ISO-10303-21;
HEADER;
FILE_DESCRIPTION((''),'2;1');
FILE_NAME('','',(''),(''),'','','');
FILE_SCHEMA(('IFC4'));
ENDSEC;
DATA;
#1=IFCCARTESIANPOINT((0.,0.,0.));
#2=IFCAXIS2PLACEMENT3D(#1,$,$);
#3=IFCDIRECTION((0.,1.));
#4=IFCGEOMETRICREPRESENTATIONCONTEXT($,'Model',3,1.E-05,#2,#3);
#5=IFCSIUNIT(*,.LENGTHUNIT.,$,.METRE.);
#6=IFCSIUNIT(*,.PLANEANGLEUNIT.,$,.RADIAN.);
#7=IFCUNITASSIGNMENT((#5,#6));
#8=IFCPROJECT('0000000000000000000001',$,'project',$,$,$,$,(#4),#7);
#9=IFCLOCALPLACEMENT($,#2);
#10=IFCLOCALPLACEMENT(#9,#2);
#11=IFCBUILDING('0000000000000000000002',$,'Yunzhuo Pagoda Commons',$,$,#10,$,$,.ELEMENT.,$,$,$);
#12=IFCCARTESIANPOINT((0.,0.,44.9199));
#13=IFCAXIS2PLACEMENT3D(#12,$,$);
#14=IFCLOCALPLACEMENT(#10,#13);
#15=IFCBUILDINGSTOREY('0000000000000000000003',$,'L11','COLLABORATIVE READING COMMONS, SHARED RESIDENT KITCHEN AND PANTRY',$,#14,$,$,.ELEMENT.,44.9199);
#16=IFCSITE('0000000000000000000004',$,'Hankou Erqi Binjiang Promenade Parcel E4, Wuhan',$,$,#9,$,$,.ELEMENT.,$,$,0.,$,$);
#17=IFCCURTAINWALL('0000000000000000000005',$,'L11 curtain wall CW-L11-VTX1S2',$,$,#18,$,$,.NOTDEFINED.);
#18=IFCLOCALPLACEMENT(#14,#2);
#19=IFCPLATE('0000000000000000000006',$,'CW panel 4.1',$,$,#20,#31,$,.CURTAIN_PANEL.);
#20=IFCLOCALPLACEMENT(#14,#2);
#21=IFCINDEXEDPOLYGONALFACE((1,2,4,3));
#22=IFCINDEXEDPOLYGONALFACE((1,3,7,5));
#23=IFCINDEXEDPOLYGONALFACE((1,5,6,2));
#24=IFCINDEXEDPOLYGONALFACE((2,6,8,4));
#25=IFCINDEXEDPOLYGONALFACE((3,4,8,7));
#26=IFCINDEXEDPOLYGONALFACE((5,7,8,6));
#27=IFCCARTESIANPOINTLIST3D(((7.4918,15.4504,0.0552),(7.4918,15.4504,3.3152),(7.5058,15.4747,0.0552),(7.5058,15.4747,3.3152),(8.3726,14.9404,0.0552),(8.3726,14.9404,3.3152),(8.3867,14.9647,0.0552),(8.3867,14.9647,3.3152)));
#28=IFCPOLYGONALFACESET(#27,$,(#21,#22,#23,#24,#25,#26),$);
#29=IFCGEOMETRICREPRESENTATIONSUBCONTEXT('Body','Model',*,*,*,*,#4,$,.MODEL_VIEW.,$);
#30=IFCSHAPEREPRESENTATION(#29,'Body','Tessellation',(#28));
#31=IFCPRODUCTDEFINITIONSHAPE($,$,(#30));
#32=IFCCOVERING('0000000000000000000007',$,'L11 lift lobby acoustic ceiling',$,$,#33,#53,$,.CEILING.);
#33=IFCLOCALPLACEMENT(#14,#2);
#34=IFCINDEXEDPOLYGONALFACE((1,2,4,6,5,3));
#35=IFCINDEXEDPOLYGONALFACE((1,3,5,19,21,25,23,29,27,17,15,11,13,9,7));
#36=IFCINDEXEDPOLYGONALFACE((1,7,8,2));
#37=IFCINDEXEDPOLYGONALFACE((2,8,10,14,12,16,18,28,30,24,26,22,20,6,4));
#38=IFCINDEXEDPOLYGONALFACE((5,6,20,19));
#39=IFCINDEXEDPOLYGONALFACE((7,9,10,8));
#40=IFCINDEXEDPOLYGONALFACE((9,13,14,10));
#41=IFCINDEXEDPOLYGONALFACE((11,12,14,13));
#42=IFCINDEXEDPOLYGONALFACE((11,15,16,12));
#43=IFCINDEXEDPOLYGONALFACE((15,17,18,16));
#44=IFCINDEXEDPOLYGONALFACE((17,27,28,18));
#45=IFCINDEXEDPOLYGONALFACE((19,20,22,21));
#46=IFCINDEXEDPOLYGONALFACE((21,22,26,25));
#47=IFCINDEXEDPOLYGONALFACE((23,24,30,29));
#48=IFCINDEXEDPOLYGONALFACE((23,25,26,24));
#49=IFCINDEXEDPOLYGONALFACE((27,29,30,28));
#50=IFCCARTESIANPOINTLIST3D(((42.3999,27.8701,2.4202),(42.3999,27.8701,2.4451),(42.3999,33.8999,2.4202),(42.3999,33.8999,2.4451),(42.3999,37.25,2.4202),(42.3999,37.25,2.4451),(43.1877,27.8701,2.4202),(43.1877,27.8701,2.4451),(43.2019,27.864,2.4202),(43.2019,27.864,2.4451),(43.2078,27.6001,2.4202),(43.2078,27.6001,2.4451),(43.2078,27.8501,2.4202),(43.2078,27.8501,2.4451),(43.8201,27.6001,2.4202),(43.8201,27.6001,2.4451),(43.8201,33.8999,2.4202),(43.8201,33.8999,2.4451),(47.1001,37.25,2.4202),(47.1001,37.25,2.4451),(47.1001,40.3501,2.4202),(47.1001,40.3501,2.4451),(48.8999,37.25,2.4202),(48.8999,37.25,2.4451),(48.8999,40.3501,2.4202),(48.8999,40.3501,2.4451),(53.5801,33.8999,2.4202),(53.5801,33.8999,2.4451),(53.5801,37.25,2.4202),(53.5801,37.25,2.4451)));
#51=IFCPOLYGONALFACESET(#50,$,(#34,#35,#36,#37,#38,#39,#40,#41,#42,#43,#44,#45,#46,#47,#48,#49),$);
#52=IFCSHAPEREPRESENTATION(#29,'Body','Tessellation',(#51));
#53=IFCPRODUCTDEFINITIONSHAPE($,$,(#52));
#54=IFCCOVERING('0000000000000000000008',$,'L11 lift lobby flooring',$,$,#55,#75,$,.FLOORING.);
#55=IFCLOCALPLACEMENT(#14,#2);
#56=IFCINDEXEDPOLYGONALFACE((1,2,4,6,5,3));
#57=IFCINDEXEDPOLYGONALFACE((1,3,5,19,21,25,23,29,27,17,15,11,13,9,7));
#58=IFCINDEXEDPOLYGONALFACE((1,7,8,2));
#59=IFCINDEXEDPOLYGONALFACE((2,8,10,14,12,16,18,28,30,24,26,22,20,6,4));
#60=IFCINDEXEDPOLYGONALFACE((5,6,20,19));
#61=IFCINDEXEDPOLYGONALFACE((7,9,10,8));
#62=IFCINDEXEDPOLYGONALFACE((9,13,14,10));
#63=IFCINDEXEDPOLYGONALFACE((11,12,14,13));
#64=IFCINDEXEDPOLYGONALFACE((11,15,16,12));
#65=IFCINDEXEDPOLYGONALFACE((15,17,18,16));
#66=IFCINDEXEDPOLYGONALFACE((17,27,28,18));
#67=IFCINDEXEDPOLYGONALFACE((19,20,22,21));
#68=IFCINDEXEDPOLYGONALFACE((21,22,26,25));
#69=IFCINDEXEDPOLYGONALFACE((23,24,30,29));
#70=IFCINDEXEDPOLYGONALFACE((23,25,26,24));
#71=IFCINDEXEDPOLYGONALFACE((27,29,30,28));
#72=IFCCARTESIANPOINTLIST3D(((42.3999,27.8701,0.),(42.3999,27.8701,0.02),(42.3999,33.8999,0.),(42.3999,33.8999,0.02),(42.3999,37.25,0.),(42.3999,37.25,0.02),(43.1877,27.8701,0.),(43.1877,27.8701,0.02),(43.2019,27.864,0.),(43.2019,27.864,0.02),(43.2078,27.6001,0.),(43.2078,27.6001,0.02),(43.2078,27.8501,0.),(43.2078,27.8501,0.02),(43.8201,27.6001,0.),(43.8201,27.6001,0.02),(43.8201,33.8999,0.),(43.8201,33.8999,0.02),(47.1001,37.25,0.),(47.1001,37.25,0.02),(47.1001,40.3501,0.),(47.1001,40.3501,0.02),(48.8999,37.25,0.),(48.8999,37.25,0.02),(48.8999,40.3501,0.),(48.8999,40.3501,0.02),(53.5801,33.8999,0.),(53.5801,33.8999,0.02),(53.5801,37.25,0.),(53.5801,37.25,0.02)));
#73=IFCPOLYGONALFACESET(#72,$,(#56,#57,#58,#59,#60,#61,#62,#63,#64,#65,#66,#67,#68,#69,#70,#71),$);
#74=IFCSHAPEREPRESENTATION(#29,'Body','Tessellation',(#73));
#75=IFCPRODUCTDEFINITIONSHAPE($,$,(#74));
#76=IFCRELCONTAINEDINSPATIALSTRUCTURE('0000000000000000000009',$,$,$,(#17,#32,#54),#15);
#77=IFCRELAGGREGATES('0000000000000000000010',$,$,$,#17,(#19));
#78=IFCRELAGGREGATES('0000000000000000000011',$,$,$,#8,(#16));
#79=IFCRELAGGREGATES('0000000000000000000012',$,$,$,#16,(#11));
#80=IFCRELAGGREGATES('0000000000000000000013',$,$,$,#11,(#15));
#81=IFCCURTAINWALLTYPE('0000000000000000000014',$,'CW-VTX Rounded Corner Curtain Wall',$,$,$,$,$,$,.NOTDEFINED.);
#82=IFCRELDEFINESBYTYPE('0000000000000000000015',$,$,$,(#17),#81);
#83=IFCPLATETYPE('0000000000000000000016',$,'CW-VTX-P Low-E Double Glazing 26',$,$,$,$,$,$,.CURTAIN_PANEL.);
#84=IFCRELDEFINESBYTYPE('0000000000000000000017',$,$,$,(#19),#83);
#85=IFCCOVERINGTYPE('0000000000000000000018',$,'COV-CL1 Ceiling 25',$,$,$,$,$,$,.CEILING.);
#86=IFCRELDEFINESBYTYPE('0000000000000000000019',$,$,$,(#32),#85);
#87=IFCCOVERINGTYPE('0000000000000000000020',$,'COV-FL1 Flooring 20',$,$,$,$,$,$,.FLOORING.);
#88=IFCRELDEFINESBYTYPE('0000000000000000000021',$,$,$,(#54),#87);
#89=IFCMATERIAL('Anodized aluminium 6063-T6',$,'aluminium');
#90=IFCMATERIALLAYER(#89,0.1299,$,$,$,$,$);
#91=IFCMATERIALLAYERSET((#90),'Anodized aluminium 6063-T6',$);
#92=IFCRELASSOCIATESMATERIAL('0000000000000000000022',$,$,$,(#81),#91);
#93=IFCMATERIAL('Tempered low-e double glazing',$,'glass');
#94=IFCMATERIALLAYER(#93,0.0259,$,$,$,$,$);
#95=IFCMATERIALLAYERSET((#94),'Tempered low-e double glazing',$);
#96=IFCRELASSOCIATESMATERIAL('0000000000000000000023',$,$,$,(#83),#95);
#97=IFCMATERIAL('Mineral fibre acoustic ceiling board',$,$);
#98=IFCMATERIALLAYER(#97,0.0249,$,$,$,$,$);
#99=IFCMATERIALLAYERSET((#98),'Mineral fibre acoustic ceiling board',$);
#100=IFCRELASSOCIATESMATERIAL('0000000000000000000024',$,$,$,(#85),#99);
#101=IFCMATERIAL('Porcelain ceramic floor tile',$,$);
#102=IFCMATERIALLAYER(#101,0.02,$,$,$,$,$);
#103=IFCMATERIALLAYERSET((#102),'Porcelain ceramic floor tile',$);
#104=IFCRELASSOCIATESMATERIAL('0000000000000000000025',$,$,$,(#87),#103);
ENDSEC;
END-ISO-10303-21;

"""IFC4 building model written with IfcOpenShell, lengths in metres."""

from ifc_helpers import new_model, si_unit, direction, frame, origin, origin_2d, place, context, subcontext, project, spatial, polyline, rectangle, outline, extrude, source, transform, mapped, material, layer, layer_set, type_object, element, aggregate, save


model = new_model("IFC4")

# Units and contexts
model_context = context("Model", 3, precision=1e-05, world=origin(), true_north=direction((0.0, 1.0)))
body_context = subcontext(model_context, "Body", "Model", "MODEL_VIEW")
ifc_project = project(units=[si_unit("LENGTHUNIT", "METRE"), si_unit("PLANEANGLEUNIT", "RADIAN")], contexts=[model_context])

# Site, building, storey
site_placement = place(None, origin())
site = spatial("IfcSite", under=ifc_project, at=site_placement, Name="Hankou Erqi Binjiang Promenade Parcel E4, Wuhan", CompositionType="ELEMENT", RefElevation=0.0)
building_placement = place(site_placement, origin())
building = spatial("IfcBuilding", under=site, at=building_placement, Name="Yunzhuo Pagoda Commons", CompositionType="ELEMENT")
storey_placement = place(building_placement, frame((0.0, 0.0, 44.9199)))
storey = spatial("IfcBuildingStorey", under=building, at=storey_placement, Name="L11", Description="COLLABORATIVE READING COMMONS, SHARED RESIDENT KITCHEN AND PANTRY", CompositionType="ELEMENT", Elevation=44.9199)

# Curtain wall
ifc_material_1 = material(Name="Anodized aluminium 6063-T6", Category="aluminium")
ifc_layer_1 = layer(ifc_material_1, 0.1299)
ifc_layer_set_1 = layer_set([ifc_layer_1], Name="Anodized aluminium 6063-T6")
curtain_wall_type = type_object("IfcCurtainWallType", Name="CW-VTX Rounded Corner Curtain Wall", PredefinedType="NOTDEFINED", material=ifc_layer_set_1)
curtain_wall_1_placement = place(storey_placement, origin())
curtain_wall_1 = element("IfcCurtainWall", 1, at=curtain_wall_1_placement, inside=storey, type_object=curtain_wall_type, Name="L11 curtain wall CW-L11-VTX1S2", PredefinedType="NOTDEFINED")

# Plate
ifc_material_2 = material(Name="Tempered low-e double glazing", Category="glass")
ifc_layer_2 = layer(ifc_material_2, 0.0259)
ifc_layer_set_2 = layer_set([ifc_layer_2], Name="Tempered low-e double glazing")
plate_type = type_object("IfcPlateType", Name="CW-VTX-P Low-E Double Glazing 26", PredefinedType="CURTAIN_PANEL", material=ifc_layer_set_2)
shared_shape_1 = source(origin(), body_context, "Body", "SweptSolid", [
    extrude(rectangle(XDim=1.0178, YDim=0.0281, at=origin_2d()), origin(), (0.0, 0.0, 1.0), 3.26),
])
plate_1_placement = place(storey_placement, frame((7.9392, 15.2075, 0.0552), z_axis=(0.0, 0.0, 1.0), x_axis=(0.865423, -0.501041, 0.0)))
plate_1 = element("IfcPlate", 2, at=plate_1_placement, type_object=plate_type, Name="CW panel 4.1", PredefinedType="CURTAIN_PANEL", context=body_context, shape_type="MappedRepresentation", body=[
    mapped(shared_shape_1, transform((0.0, 0.0, 0.0), scale=1.0)),
])
aggregate(curtain_wall_1, [plate_1])

# Coverings
ifc_material_3 = material(Name="Mineral fibre acoustic ceiling board")
ifc_layer_3 = layer(ifc_material_3, 0.0249)
ifc_layer_set_3 = layer_set([ifc_layer_3], Name="Mineral fibre acoustic ceiling board")
covering_type_1 = type_object("IfcCoveringType", Name="COV-CL1 Ceiling 25", PredefinedType="CEILING", material=ifc_layer_set_3)
covering_1_placement = place(storey_placement, frame((0.0, 0.0, 2.4202)))
element("IfcCovering", 3, at=covering_1_placement, inside=storey, type_object=covering_type_1, Name="L11 lift lobby acoustic ceiling", PredefinedType="CEILING", context=body_context, shape_type="SweptSolid", body=[
    extrude(outline(polyline([(43.2078, 27.8501), (43.2019, 27.864), (43.1877, 27.8701), (42.3999, 27.8701), (42.3999, 33.8999), (42.3999, 37.25), (47.1001, 37.25), (47.1001, 40.3501), (48.8999, 40.3501), (48.8999, 37.25), (53.5801, 37.25), (53.5801, 33.8999), (43.8201, 33.8999), (43.8201, 27.6001), (43.2078, 27.6001), (43.2078, 27.8501)])), origin(), (0.0, 0.0, 1.0), 0.0249),
])
ifc_material_4 = material(Name="Porcelain ceramic floor tile")
ifc_layer_4 = layer(ifc_material_4, 0.02)
ifc_layer_set_4 = layer_set([ifc_layer_4], Name="Porcelain ceramic floor tile")
covering_type_2 = type_object("IfcCoveringType", Name="COV-FL1 Flooring 20", PredefinedType="FLOORING", material=ifc_layer_set_4)
covering_2_placement = place(storey_placement, origin())
element("IfcCovering", 4, at=covering_2_placement, inside=storey, type_object=covering_type_2, Name="L11 lift lobby flooring", PredefinedType="FLOORING", context=body_context, shape_type="SweptSolid", body=[
    extrude(outline(polyline([(43.2078, 27.8501), (43.2019, 27.864), (43.1877, 27.8701), (42.3999, 27.8701), (42.3999, 33.8999), (42.3999, 37.25), (47.1001, 37.25), (47.1001, 40.3501), (48.8999, 40.3501), (48.8999, 37.25), (53.5801, 37.25), (53.5801, 33.8999), (43.8201, 33.8999), (43.8201, 27.6001), (43.2078, 27.6001), (43.2078, 27.8501)])), origin(), (0.0, 0.0, 1.0), 0.02),
])

save(model, "model.ifc")
